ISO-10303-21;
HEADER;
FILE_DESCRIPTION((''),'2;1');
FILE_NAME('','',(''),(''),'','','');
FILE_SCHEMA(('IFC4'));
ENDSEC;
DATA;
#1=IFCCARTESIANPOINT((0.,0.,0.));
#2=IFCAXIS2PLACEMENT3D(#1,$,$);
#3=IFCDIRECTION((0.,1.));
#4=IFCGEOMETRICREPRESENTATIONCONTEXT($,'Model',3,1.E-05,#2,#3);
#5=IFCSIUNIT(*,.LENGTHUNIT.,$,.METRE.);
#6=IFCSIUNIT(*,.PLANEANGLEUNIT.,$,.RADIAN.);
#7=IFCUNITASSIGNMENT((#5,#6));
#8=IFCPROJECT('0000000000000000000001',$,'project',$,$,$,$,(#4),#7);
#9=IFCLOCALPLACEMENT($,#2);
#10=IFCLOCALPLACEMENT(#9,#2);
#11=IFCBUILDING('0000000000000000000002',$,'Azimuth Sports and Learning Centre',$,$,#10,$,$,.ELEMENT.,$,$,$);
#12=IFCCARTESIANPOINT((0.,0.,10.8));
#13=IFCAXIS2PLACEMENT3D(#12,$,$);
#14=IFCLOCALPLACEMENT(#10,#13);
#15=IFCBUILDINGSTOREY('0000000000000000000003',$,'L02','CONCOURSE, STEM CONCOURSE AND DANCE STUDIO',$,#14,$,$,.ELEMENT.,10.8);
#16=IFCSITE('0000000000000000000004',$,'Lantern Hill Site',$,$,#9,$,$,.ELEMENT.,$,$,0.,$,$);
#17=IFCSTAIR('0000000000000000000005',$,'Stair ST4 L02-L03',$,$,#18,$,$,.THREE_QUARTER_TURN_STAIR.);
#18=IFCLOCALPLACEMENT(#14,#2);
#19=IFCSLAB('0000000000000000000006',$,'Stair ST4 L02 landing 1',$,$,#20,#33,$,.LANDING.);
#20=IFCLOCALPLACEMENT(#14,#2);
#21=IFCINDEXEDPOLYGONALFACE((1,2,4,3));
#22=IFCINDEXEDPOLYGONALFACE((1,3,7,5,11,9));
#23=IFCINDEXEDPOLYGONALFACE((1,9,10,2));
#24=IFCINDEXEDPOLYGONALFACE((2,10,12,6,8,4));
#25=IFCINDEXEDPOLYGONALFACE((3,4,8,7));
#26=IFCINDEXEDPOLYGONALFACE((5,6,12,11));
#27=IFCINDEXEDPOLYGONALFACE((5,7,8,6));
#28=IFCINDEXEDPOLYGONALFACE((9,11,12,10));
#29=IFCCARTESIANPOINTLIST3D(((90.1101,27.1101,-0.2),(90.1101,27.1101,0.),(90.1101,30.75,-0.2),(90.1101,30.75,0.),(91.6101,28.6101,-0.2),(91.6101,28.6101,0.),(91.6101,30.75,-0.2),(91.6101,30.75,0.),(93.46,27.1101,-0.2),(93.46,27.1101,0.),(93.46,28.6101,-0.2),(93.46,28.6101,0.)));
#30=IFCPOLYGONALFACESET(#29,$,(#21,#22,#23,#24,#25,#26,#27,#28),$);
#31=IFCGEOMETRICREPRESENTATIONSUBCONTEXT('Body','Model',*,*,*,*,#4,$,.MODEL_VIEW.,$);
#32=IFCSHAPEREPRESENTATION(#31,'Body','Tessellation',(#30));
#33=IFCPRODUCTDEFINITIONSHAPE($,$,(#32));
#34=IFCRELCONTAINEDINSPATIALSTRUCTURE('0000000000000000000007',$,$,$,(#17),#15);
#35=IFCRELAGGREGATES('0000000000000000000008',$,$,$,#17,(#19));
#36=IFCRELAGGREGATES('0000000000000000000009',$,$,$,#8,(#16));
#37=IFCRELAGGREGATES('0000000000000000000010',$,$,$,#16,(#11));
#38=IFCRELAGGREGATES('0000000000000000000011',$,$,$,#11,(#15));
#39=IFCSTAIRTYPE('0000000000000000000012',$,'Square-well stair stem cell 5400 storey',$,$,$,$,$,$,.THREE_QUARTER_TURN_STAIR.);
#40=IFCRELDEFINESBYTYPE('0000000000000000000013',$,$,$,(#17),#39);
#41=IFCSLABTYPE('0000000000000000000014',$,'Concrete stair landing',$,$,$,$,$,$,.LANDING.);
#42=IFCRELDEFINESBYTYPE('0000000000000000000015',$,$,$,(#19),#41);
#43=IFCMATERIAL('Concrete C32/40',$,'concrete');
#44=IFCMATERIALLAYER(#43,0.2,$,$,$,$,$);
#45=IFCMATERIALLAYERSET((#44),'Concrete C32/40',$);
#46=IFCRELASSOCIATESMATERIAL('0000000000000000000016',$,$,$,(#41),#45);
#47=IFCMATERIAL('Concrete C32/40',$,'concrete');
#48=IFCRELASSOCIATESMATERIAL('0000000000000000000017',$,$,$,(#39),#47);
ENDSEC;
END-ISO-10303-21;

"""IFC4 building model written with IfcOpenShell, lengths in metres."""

from ifc_helpers import new_model, si_unit, direction, frame, origin, place, context, subcontext, project, spatial, polyline, outline, extrude, material, layer, layer_set, type_object, element, aggregate, save


model = new_model("IFC4")

# Units and contexts
model_context = context("Model", 3, precision=1e-05, world=origin(), true_north=direction((0.0, 1.0)))
body_context = subcontext(model_context, "Body", "Model", "MODEL_VIEW")
ifc_project = project(units=[si_unit("LENGTHUNIT", "METRE"), si_unit("PLANEANGLEUNIT", "RADIAN")], contexts=[model_context])

# Site, building, storey
site_placement = place(None, origin())
site = spatial("IfcSite", under=ifc_project, at=site_placement, Name="Lantern Hill Site", CompositionType="ELEMENT", RefElevation=0.0)
building_placement = place(site_placement, origin())
building = spatial("IfcBuilding", under=site, at=building_placement, Name="Azimuth Sports and Learning Centre", CompositionType="ELEMENT")
storey_placement = place(building_placement, frame((0.0, 0.0, 10.8)))
storey = spatial("IfcBuildingStorey", under=building, at=storey_placement, Name="L02", Description="CONCOURSE, STEM CONCOURSE AND DANCE STUDIO", CompositionType="ELEMENT", Elevation=10.8)

# Shared definitions
ifc_material_1 = material(Name="Concrete C32/40", Category="concrete")
ifc_layer_1 = layer(ifc_material_1, 0.2)
ifc_layer_set_1 = layer_set([ifc_layer_1], Name="Concrete C32/40")
slab_type_1 = type_object("IfcSlabType", Name="Concrete stair landing", PredefinedType="LANDING", material=ifc_layer_set_1)
ifc_material_2 = material(Name="Concrete C32/40", Category="concrete")
stair_type_1 = type_object("IfcStairType", Name="Square-well stair stem cell 5400 storey", PredefinedType="THREE_QUARTER_TURN_STAIR", material=ifc_material_2)

# Stair, slab
stair_1_placement = place(storey_placement, origin())
stair_1 = element("IfcStair", 1, at=stair_1_placement, inside=storey, type_object=stair_type_1, Name="Stair ST4 L02-L03", PredefinedType="THREE_QUARTER_TURN_STAIR")
slab_1_placement = place(storey_placement, frame((0.0, 0.0, -0.2)))
slab_1 = element("IfcSlab", 2, at=slab_1_placement, type_object=slab_type_1, Name="Stair ST4 L02 landing 1", PredefinedType="LANDING", context=body_context, shape_type="SweptSolid", body=[
    extrude(outline(polyline([(93.46, 28.6101), (91.6101, 28.6101), (91.6101, 30.75), (90.1101, 30.75), (90.1101, 27.1101), (93.46, 27.1101), (93.46, 28.6101)])), origin(), (0.0, 0.0, 1.0), 0.2),
])
aggregate(stair_1, [slab_1])

save(model, "model.ifc")
